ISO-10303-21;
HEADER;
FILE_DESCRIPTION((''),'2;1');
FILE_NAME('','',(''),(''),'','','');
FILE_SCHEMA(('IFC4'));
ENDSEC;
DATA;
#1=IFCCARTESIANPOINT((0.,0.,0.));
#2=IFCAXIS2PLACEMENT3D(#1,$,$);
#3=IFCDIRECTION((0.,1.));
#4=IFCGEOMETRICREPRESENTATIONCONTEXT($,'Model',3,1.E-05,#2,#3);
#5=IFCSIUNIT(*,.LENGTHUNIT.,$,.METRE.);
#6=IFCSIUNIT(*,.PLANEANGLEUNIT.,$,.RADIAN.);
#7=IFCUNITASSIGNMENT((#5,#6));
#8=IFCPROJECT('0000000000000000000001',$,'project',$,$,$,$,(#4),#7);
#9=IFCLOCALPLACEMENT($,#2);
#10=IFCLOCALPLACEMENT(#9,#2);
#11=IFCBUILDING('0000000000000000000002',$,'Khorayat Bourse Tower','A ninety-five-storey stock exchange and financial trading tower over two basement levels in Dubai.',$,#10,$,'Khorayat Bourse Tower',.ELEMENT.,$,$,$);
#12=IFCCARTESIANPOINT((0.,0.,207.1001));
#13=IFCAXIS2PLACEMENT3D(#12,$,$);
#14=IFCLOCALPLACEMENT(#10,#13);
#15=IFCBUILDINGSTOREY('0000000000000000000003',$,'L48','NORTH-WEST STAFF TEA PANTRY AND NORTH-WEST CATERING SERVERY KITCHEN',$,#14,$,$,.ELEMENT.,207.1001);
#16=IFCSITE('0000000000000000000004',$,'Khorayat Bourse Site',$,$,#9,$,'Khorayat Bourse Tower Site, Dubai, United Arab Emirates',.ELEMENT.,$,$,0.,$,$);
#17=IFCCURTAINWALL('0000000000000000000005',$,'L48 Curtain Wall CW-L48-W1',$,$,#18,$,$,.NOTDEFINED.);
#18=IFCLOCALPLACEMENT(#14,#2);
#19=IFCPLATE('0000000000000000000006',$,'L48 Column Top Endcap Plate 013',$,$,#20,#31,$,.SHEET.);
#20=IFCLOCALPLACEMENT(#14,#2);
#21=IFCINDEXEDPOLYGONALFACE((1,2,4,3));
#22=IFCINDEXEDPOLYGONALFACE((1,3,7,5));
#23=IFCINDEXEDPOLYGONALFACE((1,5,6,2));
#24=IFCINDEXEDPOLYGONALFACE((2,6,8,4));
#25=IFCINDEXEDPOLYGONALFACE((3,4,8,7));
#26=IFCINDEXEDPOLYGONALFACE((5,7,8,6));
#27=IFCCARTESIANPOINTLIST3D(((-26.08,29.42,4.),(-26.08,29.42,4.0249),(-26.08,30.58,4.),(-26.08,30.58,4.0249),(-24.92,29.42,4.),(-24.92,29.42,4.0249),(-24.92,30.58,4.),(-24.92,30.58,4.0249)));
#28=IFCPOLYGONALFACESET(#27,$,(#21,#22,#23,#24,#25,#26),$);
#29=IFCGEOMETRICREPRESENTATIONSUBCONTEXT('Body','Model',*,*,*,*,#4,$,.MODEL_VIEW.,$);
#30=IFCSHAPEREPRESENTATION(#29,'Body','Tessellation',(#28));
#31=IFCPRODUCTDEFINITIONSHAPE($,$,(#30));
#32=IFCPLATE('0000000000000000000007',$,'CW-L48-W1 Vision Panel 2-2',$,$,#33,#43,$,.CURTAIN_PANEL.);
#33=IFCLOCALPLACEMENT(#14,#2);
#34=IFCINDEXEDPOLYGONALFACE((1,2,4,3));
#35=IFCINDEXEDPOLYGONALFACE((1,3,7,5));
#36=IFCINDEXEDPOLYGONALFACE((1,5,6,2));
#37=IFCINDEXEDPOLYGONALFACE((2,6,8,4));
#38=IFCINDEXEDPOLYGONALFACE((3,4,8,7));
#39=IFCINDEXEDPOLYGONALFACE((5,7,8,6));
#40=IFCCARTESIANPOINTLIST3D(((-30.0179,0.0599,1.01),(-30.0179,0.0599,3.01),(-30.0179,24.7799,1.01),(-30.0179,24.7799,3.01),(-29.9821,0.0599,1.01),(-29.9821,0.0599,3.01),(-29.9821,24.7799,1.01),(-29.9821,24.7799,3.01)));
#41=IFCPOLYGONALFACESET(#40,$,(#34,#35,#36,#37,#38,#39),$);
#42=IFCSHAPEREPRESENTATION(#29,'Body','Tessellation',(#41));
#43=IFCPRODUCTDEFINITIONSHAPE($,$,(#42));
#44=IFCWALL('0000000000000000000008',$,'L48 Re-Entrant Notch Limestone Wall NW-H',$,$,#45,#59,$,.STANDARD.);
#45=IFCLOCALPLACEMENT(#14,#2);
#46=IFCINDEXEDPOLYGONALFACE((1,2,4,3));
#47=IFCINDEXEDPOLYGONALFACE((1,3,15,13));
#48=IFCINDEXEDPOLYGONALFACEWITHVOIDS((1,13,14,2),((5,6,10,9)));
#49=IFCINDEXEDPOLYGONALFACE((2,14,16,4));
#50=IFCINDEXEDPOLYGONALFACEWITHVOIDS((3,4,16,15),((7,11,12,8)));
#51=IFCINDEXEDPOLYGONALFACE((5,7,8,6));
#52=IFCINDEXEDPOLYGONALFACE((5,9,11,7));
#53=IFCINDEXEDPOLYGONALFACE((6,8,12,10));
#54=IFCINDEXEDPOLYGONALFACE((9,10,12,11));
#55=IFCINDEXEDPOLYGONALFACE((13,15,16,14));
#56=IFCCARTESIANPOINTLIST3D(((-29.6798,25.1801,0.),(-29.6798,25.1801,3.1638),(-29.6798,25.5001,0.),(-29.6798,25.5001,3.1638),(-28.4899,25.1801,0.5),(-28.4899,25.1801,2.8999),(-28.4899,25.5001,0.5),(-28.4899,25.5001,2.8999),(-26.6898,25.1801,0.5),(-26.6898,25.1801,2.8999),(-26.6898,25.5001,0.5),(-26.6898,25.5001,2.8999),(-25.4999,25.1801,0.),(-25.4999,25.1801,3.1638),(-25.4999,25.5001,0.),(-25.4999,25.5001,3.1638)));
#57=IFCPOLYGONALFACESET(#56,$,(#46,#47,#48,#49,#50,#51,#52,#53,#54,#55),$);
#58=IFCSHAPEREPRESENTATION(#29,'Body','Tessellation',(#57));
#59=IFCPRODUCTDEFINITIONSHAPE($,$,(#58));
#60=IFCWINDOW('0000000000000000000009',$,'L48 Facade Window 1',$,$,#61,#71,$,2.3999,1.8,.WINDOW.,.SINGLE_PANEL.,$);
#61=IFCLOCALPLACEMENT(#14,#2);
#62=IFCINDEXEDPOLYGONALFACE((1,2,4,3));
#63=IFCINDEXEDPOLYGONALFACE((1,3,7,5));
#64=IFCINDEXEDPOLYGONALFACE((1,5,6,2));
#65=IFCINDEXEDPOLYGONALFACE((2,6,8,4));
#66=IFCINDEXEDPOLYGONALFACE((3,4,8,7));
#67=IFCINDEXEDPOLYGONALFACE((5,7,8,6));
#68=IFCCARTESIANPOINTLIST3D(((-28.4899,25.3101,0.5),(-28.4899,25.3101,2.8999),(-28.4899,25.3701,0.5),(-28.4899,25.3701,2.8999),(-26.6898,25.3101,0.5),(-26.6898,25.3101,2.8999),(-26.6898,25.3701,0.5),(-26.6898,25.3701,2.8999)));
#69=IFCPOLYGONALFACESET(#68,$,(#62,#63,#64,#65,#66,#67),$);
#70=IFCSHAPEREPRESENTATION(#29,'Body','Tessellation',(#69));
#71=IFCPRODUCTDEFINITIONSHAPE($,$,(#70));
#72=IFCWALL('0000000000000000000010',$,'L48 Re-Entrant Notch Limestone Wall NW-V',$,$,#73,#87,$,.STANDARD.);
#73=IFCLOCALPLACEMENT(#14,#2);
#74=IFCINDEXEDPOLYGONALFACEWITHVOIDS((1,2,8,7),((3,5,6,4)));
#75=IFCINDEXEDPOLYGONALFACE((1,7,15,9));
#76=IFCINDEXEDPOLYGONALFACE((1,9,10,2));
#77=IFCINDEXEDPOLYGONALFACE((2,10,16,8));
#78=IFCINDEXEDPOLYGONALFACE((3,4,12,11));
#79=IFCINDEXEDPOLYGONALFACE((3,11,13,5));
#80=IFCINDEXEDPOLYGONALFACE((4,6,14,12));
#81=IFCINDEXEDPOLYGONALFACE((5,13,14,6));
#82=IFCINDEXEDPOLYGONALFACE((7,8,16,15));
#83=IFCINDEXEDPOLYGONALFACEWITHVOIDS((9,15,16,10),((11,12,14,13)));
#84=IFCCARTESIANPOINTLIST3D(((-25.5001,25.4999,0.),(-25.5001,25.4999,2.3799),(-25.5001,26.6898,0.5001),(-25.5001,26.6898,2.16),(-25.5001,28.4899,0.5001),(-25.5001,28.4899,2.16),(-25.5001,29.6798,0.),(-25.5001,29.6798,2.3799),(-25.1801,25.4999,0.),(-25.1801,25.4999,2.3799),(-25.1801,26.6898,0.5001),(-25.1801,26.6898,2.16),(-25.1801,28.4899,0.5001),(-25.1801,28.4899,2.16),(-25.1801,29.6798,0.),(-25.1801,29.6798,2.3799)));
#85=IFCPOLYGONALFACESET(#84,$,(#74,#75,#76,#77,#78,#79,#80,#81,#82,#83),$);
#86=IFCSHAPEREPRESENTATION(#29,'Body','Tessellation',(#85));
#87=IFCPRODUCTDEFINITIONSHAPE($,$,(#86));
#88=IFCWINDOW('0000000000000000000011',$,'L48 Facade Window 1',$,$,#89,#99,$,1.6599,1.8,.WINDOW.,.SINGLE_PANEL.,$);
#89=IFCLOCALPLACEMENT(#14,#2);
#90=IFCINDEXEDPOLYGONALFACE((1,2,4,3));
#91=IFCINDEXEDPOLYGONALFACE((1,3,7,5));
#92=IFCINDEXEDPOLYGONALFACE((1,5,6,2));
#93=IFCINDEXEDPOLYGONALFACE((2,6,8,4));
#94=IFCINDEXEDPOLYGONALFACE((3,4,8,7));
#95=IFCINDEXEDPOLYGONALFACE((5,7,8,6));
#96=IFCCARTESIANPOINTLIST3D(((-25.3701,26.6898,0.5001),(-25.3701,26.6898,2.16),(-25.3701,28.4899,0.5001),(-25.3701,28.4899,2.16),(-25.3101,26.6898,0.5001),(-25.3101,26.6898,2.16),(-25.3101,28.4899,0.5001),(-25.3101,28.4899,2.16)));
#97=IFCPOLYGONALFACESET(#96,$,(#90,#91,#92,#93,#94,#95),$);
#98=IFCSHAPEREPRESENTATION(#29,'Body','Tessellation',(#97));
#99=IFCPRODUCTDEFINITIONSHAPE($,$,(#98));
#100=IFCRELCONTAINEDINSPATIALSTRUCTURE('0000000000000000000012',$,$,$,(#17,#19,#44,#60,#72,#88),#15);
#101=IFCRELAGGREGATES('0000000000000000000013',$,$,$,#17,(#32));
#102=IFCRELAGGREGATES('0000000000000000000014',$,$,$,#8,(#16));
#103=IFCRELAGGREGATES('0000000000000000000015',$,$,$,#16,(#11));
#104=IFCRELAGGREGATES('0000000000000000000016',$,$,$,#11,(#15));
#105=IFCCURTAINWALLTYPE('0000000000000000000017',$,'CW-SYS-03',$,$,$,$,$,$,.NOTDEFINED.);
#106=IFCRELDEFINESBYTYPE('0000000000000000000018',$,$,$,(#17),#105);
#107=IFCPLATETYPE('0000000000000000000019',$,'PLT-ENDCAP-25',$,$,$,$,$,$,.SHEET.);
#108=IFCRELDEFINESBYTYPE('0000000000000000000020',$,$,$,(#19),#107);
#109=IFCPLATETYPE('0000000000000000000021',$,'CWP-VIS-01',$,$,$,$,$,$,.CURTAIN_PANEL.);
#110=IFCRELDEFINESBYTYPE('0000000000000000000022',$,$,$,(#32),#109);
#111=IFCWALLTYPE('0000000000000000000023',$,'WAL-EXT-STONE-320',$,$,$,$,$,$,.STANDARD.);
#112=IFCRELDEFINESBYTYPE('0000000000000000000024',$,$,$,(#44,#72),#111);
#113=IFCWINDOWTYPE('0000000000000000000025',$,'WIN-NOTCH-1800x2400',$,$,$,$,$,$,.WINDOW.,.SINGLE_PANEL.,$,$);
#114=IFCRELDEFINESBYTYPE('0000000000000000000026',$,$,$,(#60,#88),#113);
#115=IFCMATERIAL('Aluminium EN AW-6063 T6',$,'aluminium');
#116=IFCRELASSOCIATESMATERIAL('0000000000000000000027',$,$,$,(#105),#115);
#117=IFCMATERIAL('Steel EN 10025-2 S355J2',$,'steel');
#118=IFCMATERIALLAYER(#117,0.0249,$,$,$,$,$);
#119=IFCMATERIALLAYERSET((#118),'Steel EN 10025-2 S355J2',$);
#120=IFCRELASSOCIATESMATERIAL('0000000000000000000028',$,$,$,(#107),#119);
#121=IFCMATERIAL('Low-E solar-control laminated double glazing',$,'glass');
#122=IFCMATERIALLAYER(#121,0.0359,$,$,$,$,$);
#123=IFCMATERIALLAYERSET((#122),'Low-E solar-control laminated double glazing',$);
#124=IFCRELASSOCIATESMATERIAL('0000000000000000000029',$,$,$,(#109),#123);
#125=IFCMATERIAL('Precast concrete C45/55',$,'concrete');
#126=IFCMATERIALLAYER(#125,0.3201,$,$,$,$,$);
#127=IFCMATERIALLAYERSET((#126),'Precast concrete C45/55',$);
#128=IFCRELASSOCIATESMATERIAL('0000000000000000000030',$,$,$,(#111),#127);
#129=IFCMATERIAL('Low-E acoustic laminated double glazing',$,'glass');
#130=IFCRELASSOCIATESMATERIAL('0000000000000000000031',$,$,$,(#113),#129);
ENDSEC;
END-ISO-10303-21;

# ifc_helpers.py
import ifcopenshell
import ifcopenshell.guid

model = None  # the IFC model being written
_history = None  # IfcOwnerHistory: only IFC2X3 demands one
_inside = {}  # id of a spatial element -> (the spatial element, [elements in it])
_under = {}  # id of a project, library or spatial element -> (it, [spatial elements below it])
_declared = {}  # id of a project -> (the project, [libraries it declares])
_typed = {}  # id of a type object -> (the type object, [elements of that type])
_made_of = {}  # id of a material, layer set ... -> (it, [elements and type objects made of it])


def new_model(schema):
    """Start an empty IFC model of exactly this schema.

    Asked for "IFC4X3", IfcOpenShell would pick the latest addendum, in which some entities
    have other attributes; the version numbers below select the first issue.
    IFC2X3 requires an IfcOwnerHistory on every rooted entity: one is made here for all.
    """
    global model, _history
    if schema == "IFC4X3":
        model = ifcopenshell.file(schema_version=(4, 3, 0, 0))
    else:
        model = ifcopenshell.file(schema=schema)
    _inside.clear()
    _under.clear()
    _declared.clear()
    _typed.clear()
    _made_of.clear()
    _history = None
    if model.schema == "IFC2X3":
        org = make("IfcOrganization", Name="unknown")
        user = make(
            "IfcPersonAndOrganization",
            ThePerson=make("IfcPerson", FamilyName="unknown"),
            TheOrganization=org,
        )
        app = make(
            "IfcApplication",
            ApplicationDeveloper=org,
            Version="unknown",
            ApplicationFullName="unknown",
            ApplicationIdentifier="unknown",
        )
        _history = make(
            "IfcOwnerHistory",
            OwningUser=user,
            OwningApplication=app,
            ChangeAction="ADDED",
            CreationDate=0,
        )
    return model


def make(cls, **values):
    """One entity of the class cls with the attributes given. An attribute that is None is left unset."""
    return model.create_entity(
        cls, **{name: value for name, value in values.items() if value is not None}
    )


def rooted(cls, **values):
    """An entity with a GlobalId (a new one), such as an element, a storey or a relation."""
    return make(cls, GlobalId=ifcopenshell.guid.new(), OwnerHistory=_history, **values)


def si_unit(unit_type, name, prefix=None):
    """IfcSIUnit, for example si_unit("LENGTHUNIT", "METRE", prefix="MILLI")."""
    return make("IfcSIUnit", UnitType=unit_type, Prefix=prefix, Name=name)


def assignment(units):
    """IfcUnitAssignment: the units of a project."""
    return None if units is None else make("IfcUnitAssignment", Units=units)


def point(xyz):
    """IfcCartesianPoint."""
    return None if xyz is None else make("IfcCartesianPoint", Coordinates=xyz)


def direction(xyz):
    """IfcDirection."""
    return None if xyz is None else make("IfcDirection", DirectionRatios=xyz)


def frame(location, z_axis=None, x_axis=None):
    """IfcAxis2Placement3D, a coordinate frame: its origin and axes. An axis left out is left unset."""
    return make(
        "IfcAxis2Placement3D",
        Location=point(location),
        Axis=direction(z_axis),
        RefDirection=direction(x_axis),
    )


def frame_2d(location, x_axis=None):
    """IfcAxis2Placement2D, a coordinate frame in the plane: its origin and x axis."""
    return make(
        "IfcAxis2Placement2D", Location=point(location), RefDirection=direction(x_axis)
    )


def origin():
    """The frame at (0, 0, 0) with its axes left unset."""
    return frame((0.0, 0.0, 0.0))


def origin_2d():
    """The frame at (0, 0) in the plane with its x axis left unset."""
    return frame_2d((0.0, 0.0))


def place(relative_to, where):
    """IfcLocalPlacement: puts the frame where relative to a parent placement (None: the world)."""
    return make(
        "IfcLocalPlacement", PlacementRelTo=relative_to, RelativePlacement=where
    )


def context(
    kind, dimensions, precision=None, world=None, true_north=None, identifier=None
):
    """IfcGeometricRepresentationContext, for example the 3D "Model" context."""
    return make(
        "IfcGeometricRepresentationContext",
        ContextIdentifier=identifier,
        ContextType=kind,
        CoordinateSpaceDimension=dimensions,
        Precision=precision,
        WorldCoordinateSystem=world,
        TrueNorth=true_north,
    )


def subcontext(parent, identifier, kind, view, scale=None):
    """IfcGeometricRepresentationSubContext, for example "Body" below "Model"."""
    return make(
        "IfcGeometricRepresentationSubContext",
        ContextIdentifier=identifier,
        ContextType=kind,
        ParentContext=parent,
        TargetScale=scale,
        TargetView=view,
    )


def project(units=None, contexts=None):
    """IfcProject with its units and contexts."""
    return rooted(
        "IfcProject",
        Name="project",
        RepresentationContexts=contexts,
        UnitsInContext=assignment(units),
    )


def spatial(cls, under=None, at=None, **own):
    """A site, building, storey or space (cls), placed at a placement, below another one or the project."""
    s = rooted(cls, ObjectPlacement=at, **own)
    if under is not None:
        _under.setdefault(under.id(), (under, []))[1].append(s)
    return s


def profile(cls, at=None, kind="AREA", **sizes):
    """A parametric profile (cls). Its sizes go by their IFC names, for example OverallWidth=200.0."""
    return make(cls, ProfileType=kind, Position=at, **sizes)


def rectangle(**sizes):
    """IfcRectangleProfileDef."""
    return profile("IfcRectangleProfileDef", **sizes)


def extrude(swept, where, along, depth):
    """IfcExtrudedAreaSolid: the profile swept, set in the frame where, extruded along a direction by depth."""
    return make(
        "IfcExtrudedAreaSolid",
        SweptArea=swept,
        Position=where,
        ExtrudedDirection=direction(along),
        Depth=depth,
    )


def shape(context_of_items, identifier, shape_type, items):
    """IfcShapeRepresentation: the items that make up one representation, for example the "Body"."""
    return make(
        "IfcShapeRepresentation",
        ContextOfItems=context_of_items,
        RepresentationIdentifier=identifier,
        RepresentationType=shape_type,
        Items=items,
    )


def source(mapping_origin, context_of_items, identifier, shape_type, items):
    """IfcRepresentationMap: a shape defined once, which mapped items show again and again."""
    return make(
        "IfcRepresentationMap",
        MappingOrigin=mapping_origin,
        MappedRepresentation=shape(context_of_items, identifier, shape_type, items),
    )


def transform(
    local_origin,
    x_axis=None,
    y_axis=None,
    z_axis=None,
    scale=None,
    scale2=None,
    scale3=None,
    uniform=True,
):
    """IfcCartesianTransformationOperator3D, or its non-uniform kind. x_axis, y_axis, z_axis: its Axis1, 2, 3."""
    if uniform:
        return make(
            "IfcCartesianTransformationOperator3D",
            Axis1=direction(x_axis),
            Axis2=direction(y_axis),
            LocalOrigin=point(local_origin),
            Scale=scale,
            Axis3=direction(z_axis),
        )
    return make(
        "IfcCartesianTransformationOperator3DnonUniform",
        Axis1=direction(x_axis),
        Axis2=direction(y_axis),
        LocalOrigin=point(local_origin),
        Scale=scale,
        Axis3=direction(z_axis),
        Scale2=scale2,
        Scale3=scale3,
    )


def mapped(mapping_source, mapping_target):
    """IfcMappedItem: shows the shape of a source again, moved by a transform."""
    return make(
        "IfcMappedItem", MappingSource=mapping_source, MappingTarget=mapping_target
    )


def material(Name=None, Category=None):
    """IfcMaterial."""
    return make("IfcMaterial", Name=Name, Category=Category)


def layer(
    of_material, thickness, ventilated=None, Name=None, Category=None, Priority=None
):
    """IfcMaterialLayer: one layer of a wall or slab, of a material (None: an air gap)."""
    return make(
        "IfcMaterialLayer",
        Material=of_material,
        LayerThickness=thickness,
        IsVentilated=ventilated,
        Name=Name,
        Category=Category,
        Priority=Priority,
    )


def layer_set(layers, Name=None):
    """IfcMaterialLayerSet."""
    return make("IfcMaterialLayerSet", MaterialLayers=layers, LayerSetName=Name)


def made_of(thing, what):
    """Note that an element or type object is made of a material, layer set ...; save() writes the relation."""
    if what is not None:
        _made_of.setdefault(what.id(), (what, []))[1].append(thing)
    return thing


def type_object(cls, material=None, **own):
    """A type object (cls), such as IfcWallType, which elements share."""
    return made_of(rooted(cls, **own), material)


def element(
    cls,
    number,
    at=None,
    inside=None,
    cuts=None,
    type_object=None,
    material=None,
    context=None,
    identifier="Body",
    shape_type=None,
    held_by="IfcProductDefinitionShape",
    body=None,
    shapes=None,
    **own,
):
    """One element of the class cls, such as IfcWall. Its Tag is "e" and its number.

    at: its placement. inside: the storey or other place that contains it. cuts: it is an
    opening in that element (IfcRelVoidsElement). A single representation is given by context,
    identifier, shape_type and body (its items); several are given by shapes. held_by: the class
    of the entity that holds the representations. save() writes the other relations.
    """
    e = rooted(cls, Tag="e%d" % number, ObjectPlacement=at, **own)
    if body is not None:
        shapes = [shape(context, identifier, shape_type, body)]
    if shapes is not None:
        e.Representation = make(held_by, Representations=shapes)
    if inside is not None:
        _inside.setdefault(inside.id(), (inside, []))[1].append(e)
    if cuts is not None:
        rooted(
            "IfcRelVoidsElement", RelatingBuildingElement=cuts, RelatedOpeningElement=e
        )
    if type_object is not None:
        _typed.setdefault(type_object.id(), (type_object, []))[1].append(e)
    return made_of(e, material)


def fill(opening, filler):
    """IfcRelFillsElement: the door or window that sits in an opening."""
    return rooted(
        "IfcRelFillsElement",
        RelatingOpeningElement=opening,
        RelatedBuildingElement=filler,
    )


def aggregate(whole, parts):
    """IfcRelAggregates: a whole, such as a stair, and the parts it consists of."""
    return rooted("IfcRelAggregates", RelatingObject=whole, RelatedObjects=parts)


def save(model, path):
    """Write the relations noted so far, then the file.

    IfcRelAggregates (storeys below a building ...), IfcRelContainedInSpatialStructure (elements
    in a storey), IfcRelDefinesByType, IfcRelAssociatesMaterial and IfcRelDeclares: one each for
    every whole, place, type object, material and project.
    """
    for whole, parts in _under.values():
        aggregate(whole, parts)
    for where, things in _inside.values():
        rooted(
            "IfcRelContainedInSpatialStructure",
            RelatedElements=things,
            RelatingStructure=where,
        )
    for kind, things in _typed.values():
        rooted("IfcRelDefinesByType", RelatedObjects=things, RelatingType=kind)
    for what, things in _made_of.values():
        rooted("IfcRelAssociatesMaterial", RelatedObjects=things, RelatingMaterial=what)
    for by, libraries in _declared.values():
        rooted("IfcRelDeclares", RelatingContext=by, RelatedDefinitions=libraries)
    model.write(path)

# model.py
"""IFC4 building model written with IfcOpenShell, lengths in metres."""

from ifc_helpers import new_model, si_unit, direction, frame, frame_2d, origin, origin_2d, place, context, subcontext, project, spatial, rectangle, extrude, source, transform, mapped, material, layer, layer_set, type_object, element, fill, aggregate, save


model = new_model("IFC4")

# Units and contexts
model_context = context("Model", 3, precision=1e-05, world=origin(), true_north=direction((0.0, 1.0)))
body_context = subcontext(model_context, "Body", "Model", "MODEL_VIEW")
ifc_project = project(units=[si_unit("LENGTHUNIT", "METRE"), si_unit("PLANEANGLEUNIT", "RADIAN")], contexts=[model_context])

# Site, building, storey
site_placement = place(None, origin())
site = spatial("IfcSite", under=ifc_project, at=site_placement, Name="Khorayat Bourse Site", LongName="Khorayat Bourse Tower Site, Dubai, United Arab Emirates", CompositionType="ELEMENT", RefElevation=0.0)
building_placement = place(site_placement, origin())
building = spatial("IfcBuilding", under=site, at=building_placement, Name="Khorayat Bourse Tower", Description="A ninety-five-storey stock exchange and financial trading tower over two basement levels in Dubai.", LongName="Khorayat Bourse Tower", CompositionType="ELEMENT")
storey_placement = place(building_placement, frame((0.0, 0.0, 207.1001)))
storey = spatial("IfcBuildingStorey", under=building, at=storey_placement, Name="L48", Description="NORTH-WEST STAFF TEA PANTRY AND NORTH-WEST CATERING SERVERY KITCHEN", CompositionType="ELEMENT", Elevation=207.1001)

# Shared definitions
ifc_material_1 = material(Name="Aluminium EN AW-6063 T6", Category="aluminium")
curtain_wall_type = type_object("IfcCurtainWallType", Name="CW-SYS-03", PredefinedType="NOTDEFINED", material=ifc_material_1)

# Curtain wall
curtain_wall_1_placement = place(storey_placement, origin())
curtain_wall_1 = element("IfcCurtainWall", 1, at=curtain_wall_1_placement, inside=storey, type_object=curtain_wall_type, Name="L48 Curtain Wall CW-L48-W1", PredefinedType="NOTDEFINED")

# Plate
ifc_material_2 = material(Name="Steel EN 10025-2 S355J2", Category="steel")
ifc_layer_1 = layer(ifc_material_2, 0.0249)
ifc_layer_set_1 = layer_set([ifc_layer_1], Name="Steel EN 10025-2 S355J2")
plate_type_1 = type_object("IfcPlateType", Name="PLT-ENDCAP-25", PredefinedType="SHEET", material=ifc_layer_set_1)
shared_shape_1 = source(origin(), body_context, "Body", "SweptSolid", [
    extrude(rectangle(XDim=1.1599, YDim=1.1599, at=origin_2d()), origin(), (0.0, 0.0, 1.0), 0.0249),
])
for number, where, z_axis, x_axis, name in (
    (2, (-25.5, 30.0, 4.0), (0.0, 0.0, 1.0), (1.0, 0.0, 0.0), "L48 Column Top Endcap Plate 013"),
):
    element("IfcPlate", number, at=place(storey_placement, frame(where, z_axis=z_axis, x_axis=x_axis)), inside=storey, type_object=plate_type_1, Name=name, PredefinedType="SHEET", context=body_context, shape_type="MappedRepresentation", body=[
        mapped(shared_shape_1, transform((0.0, 0.0, 0.0), scale=1.0)),
    ])

# Plate
ifc_material_3 = material(Name="Low-E solar-control laminated double glazing", Category="glass")
ifc_layer_2 = layer(ifc_material_3, 0.0359)
ifc_layer_set_2 = layer_set([ifc_layer_2], Name="Low-E solar-control laminated double glazing")
plate_type_2 = type_object("IfcPlateType", Name="CWP-VIS-01", PredefinedType="CURTAIN_PANEL", material=ifc_layer_set_2)
shared_shape_2 = source(origin(), body_context, "Body", "SweptSolid", [
    extrude(rectangle(XDim=24.72, YDim=0.0359, at=origin_2d()), origin(), (0.0, 0.0, 1.0), 2.0),
])
plate_placement = place(storey_placement, frame((-30.0, 12.4199, 1.01), z_axis=(0.0, 0.0, 1.0), x_axis=(0.0, 1.0, 0.0)))
plate = element("IfcPlate", 3, at=plate_placement, type_object=plate_type_2, Name="CW-L48-W1 Vision Panel 2-2", PredefinedType="CURTAIN_PANEL", context=body_context, shape_type="MappedRepresentation", body=[
    mapped(shared_shape_2, transform((0.0, 0.0, 0.0), scale=1.0)),
])
aggregate(curtain_wall_1, [plate])

# Walls, openings, windows
ifc_material_4 = material(Name="Precast concrete C45/55", Category="concrete")
ifc_layer_3 = layer(ifc_material_4, 0.3201)
ifc_layer_set_3 = layer_set([ifc_layer_3], Name="Precast concrete C45/55")
wall_type = type_object("IfcWallType", Name="WAL-EXT-STONE-320", PredefinedType="STANDARD", material=ifc_layer_set_3)
shared_shape_3 = source(origin(), body_context, "Body", "SweptSolid", [
    extrude(rectangle(XDim=4.1799, YDim=0.3201, at=frame_2d((2.0898, 0.0))), origin(), (0.0, 0.0, 1.0), 3.1638),
])
wall_1_placement = place(storey_placement, frame((-25.5, 25.3401, 0.0), z_axis=(0.0, 0.0, 1.0), x_axis=(-1.0, 0.0, 0.0)))
wall_1 = element("IfcWall", 4, at=wall_1_placement, inside=storey, type_object=wall_type, Name="L48 Re-Entrant Notch Limestone Wall NW-H", PredefinedType="STANDARD", context=body_context, shape_type="MappedRepresentation", body=[
    mapped(shared_shape_3, transform((0.0, 0.0, 0.0), scale=1.0)),
])
shared_shape_4 = source(origin(), body_context, "Body", "SweptSolid", [
    extrude(rectangle(XDim=1.8, YDim=2.3999, at=frame_2d((0.8999, 1.2))), frame((0.0, 0.1699, 0.0), z_axis=(0.0, -1.0, 0.0), x_axis=(1.0, 0.0, 0.0)), (0.0, 0.0, 1.0), 0.3401),
])
opening_1_placement = place(wall_1_placement, frame((1.1899, 0.0, 0.5)))
opening_1 = element("IfcOpeningElement", 5, at=opening_1_placement, cuts=wall_1, PredefinedType="OPENING", context=body_context, shape_type="MappedRepresentation", body=[
    mapped(shared_shape_4, transform((0.0, 0.0, 0.0), scale=1.0)),
])
ifc_material_5 = material(Name="Low-E acoustic laminated double glazing", Category="glass")
window_type = type_object("IfcWindowType", Name="WIN-NOTCH-1800x2400", PartitioningType="SINGLE_PANEL", PredefinedType="WINDOW", material=ifc_material_5)
shared_shape_5 = source(origin(), body_context, "Body", "SweptSolid", [
    extrude(rectangle(XDim=1.8, YDim=2.3999, at=frame_2d((0.8999, 1.2))), frame((0.0, 0.03, 0.0), z_axis=(0.0, -1.0, 0.0), x_axis=(1.0, 0.0, 0.0)), (0.0, 0.0, 1.0), 0.0601),
])
window_1_placement = place(opening_1_placement, origin())
window_1 = element("IfcWindow", 6, at=window_1_placement, inside=storey, type_object=window_type, Name="L48 Facade Window 1", OverallHeight=2.3999, OverallWidth=1.8, PartitioningType="SINGLE_PANEL", PredefinedType="WINDOW", context=body_context, shape_type="MappedRepresentation", body=[
    mapped(shared_shape_5, transform((0.0, 0.0, 0.0), scale=1.0)),
])
fill(opening_1, window_1)
shared_shape_6 = source(origin(), body_context, "Body", "SweptSolid", [
    extrude(rectangle(XDim=4.1799, YDim=0.3201, at=frame_2d((2.0898, 0.0))), origin(), (0.0, 0.0, 1.0), 2.3799),
])
wall_2_placement = place(storey_placement, frame((-25.3401, 25.5, 0.0), z_axis=(0.0, 0.0, 1.0), x_axis=(0.0, 1.0, 0.0)))
wall_2 = element("IfcWall", 7, at=wall_2_placement, inside=storey, type_object=wall_type, Name="L48 Re-Entrant Notch Limestone Wall NW-V", PredefinedType="STANDARD", context=body_context, shape_type="MappedRepresentation", body=[
    mapped(shared_shape_6, transform((0.0, 0.0, 0.0), scale=1.0)),
])
shared_shape_7 = source(origin(), body_context, "Body", "SweptSolid", [
    extrude(rectangle(XDim=1.8, YDim=1.6599, at=frame_2d((0.8999, 0.8301))), frame((0.0, 0.1699, 0.0), z_axis=(0.0, -1.0, 0.0), x_axis=(1.0, 0.0, 0.0)), (0.0, 0.0, 1.0), 0.3401),
])
opening_2_placement = place(wall_2_placement, frame((1.1899, 0.0, 0.5)))
opening_2 = element("IfcOpeningElement", 8, at=opening_2_placement, cuts=wall_2, PredefinedType="OPENING", context=body_context, shape_type="MappedRepresentation", body=[
    mapped(shared_shape_7, transform((0.0, 0.0, 0.0), scale=1.0)),
])
shared_shape_8 = source(origin(), body_context, "Body", "SweptSolid", [
    extrude(rectangle(XDim=1.8, YDim=1.6599, at=frame_2d((0.8999, 0.8301))), frame((0.0, 0.03, 0.0), z_axis=(0.0, -1.0, 0.0), x_axis=(1.0, 0.0, 0.0)), (0.0, 0.0, 1.0), 0.0601),
])
window_2_placement = place(opening_2_placement, origin())
window_2 = element("IfcWindow", 9, at=window_2_placement, inside=storey, type_object=window_type, Name="L48 Facade Window 1", OverallHeight=1.6599, OverallWidth=1.8, PartitioningType="SINGLE_PANEL", PredefinedType="WINDOW", context=body_context, shape_type="MappedRepresentation", body=[
    mapped(shared_shape_8, transform((0.0, 0.0, 0.0), scale=1.0)),
])
fill(opening_2, window_2)

save(model, "model.ifc")
